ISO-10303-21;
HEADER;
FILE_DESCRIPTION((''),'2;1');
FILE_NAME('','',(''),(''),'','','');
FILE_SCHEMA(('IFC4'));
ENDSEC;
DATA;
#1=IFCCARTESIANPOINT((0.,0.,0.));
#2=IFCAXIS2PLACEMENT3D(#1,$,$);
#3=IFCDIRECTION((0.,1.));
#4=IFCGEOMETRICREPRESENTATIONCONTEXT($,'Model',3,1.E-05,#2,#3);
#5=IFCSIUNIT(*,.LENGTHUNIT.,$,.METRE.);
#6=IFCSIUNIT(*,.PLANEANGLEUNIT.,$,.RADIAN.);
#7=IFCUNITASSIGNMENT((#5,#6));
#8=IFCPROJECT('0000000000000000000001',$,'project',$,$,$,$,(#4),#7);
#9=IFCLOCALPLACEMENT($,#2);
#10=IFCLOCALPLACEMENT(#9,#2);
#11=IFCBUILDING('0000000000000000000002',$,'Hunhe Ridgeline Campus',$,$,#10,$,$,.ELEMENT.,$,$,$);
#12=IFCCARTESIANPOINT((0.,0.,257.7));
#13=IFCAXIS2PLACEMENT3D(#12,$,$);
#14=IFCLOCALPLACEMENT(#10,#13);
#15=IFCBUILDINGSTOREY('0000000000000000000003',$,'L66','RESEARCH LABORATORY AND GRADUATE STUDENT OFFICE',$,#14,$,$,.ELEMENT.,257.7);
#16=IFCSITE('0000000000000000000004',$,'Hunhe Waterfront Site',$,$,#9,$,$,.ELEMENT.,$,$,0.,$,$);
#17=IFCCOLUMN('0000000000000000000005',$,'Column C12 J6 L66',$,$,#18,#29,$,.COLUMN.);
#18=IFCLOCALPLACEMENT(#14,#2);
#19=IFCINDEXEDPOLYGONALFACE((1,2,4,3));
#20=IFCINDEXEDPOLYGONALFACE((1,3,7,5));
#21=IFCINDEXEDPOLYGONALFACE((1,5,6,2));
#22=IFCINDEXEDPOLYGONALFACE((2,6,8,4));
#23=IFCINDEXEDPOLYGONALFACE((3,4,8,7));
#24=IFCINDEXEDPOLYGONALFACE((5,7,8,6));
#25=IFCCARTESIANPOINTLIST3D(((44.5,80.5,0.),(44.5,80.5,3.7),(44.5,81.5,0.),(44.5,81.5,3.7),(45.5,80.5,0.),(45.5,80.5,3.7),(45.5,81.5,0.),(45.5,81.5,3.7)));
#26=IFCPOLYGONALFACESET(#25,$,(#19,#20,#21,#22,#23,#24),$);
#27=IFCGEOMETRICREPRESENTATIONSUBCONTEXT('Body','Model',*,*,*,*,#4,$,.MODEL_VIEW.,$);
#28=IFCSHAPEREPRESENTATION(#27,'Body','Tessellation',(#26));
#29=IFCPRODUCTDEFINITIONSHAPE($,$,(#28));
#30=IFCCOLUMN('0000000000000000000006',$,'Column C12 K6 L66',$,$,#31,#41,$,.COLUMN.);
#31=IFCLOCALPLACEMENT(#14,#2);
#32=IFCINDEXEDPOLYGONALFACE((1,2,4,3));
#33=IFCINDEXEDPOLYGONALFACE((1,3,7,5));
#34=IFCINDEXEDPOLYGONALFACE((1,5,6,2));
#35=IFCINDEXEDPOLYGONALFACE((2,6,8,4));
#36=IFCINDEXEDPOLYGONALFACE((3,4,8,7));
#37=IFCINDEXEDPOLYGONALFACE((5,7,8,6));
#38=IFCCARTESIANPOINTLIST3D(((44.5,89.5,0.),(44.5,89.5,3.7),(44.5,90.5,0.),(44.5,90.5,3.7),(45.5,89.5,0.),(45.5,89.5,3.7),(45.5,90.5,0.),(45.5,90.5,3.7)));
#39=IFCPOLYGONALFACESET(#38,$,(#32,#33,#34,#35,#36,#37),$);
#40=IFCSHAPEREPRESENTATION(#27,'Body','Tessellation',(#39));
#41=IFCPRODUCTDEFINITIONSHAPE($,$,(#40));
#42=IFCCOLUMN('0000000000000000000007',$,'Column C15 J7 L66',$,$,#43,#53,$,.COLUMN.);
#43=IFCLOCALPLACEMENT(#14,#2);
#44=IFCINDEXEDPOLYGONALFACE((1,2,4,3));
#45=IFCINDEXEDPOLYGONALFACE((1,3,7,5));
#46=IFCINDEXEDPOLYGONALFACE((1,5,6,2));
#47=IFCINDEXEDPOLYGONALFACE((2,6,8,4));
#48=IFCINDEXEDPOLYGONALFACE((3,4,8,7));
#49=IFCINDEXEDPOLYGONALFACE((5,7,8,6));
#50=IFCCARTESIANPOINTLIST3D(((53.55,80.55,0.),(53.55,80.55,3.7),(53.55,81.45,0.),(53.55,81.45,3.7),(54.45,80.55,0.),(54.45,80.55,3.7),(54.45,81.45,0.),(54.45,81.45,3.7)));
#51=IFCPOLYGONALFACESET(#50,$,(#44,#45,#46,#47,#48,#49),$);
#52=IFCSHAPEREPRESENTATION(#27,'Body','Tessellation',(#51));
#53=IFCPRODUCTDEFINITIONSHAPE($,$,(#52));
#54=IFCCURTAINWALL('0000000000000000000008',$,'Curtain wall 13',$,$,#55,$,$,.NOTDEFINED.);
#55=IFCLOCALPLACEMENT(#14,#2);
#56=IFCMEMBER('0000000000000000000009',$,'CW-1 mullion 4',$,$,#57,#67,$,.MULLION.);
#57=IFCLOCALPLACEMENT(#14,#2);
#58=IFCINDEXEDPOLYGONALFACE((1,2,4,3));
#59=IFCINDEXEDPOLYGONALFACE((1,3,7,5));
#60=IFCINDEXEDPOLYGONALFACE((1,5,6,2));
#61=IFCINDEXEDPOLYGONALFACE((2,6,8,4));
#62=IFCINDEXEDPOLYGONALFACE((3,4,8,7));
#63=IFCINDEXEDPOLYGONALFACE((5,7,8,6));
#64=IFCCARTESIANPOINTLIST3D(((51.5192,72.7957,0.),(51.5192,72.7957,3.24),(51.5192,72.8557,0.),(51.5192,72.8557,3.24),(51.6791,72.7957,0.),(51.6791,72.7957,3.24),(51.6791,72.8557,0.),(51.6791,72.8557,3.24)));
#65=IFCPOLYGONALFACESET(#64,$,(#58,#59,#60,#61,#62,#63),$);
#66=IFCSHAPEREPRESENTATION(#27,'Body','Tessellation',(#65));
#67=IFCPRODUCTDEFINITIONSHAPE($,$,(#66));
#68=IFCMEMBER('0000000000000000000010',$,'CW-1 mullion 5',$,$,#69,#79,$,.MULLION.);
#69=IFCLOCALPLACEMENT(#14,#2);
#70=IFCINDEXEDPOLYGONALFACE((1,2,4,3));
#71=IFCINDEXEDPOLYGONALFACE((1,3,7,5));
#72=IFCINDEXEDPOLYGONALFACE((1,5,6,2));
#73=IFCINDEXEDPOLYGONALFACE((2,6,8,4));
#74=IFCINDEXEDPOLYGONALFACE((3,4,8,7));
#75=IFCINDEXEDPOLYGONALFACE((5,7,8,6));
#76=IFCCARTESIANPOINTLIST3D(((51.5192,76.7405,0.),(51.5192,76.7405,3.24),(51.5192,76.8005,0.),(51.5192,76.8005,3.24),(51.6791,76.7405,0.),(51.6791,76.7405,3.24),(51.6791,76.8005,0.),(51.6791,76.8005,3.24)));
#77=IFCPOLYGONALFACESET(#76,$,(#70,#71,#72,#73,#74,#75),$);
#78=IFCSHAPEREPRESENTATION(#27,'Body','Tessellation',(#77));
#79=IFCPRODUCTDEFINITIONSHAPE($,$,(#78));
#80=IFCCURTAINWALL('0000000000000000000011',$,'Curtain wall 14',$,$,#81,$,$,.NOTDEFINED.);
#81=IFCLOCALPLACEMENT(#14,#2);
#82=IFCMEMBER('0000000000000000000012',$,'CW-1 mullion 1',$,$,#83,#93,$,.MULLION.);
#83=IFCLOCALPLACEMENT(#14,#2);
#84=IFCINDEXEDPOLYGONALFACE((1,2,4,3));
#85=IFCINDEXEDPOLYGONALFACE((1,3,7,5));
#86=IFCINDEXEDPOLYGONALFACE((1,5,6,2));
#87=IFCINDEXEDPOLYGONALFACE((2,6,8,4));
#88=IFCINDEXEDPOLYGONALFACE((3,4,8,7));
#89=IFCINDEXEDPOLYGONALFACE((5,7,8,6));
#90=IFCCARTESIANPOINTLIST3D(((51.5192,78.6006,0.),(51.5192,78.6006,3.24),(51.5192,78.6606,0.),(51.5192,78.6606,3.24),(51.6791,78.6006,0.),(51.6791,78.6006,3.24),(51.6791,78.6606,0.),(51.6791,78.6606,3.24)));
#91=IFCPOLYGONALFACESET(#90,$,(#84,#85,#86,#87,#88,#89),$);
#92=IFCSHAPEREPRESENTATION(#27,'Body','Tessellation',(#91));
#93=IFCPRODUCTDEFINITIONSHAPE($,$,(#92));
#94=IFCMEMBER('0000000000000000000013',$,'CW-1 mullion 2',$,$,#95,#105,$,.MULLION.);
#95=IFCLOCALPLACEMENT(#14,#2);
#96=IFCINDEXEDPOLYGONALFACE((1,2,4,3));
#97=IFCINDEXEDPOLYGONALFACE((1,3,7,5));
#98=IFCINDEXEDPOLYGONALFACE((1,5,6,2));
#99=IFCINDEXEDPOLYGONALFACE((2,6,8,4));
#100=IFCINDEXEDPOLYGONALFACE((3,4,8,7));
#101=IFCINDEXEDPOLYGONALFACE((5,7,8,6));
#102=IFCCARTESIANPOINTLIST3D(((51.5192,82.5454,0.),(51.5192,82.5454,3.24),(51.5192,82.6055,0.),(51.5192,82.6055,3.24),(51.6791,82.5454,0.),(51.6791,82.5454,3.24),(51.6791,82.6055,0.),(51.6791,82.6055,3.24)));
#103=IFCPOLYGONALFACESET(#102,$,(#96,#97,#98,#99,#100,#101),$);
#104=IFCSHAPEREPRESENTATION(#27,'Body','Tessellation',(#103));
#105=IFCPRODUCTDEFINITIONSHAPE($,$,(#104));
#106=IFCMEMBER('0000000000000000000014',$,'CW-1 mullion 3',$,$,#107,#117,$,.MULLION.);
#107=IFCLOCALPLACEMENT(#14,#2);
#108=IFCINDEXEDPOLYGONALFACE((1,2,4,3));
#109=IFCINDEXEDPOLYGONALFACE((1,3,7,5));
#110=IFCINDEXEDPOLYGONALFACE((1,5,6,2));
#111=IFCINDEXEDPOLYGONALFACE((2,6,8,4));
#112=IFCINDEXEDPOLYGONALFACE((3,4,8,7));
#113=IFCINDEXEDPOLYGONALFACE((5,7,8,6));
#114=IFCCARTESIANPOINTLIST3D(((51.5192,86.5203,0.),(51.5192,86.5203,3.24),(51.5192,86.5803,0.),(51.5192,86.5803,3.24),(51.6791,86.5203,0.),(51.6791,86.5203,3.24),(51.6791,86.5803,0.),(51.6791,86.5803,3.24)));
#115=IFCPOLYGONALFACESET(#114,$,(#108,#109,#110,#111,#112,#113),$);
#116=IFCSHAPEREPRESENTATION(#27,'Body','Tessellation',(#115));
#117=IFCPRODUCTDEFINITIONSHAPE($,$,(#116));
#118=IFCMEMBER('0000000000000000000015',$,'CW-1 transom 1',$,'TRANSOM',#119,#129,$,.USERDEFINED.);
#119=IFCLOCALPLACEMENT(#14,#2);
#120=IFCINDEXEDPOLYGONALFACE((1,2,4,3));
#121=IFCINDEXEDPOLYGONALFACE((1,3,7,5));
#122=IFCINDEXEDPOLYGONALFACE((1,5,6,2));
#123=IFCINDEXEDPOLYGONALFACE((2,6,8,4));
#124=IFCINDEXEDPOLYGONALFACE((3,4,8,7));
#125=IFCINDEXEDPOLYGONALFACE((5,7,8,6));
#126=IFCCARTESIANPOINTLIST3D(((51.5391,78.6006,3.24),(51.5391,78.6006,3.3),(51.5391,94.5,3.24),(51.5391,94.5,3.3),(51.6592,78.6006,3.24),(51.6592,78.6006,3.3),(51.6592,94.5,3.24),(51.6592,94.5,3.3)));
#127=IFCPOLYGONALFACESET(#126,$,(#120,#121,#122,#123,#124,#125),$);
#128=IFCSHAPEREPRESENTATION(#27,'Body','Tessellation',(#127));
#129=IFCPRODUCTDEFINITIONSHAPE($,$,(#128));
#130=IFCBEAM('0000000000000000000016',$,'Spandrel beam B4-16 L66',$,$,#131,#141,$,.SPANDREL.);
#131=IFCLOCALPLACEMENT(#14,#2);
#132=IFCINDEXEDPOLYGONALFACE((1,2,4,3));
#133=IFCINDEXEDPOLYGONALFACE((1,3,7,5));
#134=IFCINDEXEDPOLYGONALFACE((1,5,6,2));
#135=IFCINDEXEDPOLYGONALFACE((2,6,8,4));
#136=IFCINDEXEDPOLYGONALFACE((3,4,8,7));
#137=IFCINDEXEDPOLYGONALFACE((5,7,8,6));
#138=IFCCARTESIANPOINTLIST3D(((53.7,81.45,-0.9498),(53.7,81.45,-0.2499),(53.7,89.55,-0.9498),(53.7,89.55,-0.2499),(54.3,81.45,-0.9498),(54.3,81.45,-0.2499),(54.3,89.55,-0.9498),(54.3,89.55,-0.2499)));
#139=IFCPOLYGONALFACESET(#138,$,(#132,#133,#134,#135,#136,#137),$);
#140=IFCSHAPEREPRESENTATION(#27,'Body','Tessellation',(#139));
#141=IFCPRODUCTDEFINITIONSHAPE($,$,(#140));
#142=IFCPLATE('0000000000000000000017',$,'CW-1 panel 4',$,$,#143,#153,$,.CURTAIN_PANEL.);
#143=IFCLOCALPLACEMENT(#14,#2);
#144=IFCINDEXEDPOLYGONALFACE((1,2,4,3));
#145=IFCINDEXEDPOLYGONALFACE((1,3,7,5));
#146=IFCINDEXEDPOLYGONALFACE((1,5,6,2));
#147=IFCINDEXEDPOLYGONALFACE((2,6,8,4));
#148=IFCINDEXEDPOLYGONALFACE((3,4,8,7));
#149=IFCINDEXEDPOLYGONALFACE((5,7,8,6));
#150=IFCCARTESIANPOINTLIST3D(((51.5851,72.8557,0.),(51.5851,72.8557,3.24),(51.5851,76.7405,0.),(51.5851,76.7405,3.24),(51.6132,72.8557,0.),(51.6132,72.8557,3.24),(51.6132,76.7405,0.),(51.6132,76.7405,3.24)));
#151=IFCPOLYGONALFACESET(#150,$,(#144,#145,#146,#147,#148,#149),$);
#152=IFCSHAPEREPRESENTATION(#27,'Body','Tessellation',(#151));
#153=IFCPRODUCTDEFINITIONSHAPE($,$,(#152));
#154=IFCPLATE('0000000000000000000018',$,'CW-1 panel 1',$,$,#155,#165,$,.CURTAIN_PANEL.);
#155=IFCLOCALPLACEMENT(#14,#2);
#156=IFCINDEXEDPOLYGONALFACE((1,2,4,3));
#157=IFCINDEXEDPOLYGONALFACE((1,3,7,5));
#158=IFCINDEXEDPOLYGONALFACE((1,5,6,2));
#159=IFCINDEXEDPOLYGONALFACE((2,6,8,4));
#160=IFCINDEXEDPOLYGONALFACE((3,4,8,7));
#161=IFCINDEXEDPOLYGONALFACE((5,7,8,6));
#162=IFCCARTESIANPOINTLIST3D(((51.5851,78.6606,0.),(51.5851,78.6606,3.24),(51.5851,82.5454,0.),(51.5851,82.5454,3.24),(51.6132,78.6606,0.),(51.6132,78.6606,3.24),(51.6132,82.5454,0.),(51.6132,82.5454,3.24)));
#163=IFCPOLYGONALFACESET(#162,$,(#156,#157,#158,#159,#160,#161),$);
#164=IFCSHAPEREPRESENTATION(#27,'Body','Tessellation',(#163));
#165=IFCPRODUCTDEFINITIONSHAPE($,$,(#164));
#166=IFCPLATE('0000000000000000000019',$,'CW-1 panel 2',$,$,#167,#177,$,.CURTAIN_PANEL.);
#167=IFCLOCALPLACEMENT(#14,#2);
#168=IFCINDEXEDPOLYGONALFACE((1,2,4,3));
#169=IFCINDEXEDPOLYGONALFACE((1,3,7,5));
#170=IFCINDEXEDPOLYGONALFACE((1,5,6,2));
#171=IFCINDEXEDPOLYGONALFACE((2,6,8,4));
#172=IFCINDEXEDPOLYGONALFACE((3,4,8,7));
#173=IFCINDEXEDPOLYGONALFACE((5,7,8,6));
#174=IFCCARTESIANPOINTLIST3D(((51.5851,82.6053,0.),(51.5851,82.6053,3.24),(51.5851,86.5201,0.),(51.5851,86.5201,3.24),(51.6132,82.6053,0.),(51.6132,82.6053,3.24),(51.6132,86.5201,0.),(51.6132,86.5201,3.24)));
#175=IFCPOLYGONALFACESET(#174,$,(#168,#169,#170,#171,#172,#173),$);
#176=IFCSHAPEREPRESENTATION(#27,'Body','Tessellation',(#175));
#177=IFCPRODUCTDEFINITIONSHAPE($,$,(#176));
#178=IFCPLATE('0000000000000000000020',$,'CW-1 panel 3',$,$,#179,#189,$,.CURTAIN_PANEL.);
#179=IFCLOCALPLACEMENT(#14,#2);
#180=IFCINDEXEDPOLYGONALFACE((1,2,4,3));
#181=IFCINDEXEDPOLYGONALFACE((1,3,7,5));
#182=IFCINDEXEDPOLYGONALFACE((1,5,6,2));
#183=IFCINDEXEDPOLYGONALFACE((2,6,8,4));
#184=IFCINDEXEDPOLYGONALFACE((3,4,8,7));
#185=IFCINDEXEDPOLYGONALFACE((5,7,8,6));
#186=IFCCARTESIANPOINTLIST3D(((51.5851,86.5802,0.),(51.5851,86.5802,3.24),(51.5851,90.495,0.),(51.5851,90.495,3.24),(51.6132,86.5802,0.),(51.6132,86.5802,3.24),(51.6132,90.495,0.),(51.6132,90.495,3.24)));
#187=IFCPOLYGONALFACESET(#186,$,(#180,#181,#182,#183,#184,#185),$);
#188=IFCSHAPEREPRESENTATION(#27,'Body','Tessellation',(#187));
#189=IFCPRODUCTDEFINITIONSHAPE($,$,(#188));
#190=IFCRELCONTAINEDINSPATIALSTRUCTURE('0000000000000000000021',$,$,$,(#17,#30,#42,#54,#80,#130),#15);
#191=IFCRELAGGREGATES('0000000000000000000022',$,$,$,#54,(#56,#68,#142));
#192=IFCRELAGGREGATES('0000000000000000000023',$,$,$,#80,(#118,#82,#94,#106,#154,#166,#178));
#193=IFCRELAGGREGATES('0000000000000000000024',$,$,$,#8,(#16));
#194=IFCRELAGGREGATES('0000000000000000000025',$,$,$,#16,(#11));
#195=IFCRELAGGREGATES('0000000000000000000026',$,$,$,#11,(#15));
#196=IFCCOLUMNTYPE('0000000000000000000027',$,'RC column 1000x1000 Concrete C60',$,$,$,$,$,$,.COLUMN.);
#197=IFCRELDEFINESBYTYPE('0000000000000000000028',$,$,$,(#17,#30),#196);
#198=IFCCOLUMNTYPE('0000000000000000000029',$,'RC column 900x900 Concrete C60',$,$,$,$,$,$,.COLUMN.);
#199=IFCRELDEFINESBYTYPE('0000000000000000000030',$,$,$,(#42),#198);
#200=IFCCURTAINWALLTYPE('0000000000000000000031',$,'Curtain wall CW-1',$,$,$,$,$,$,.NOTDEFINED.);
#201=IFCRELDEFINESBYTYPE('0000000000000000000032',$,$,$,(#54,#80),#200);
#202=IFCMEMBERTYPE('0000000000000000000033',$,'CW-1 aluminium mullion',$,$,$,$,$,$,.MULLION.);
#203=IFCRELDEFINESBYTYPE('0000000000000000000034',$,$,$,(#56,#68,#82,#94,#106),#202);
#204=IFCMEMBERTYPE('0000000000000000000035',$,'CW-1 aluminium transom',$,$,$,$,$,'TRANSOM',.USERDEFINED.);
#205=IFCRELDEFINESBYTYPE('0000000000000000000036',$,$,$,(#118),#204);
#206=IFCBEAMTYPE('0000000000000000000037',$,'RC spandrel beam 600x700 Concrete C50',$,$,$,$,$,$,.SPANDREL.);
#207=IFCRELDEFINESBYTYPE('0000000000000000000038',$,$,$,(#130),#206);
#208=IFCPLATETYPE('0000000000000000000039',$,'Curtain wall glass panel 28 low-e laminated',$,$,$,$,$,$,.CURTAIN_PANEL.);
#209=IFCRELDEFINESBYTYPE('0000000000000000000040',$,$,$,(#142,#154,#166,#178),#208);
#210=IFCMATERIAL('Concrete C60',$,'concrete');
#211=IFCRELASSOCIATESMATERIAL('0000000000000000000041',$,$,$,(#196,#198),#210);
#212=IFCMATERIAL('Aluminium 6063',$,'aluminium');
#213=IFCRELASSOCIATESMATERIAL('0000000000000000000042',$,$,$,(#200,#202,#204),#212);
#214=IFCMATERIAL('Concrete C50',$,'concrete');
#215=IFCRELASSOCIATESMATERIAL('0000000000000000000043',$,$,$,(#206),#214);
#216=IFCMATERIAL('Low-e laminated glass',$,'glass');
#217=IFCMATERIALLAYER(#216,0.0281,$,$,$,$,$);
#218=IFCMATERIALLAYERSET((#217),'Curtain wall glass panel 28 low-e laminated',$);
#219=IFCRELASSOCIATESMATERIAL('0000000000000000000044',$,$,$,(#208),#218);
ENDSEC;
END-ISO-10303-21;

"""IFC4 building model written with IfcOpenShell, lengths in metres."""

from ifc_helpers import new_model, si_unit, direction, frame, origin, origin_2d, place, context, subcontext, project, spatial, rectangle, extrude, material, layer, layer_set, material_profile, profile_set, type_object, element, aggregate, save


model = new_model("IFC4")

# Units and contexts
model_context = context("Model", 3, precision=1e-05, world=origin(), true_north=direction((0.0, 1.0)))
body_context = subcontext(model_context, "Body", "Model", "MODEL_VIEW")
ifc_project = project(units=[si_unit("LENGTHUNIT", "METRE"), si_unit("PLANEANGLEUNIT", "RADIAN")], contexts=[model_context])

# Site, building, storey
site_placement = place(None, origin())
site = spatial("IfcSite", under=ifc_project, at=site_placement, Name="Hunhe Waterfront Site", CompositionType="ELEMENT", RefElevation=0.0)
building_placement = place(site_placement, origin())
building = spatial("IfcBuilding", under=site, at=building_placement, Name="Hunhe Ridgeline Campus", CompositionType="ELEMENT")
storey_placement = place(building_placement, frame((0.0, 0.0, 257.7)))
storey = spatial("IfcBuildingStorey", under=building, at=storey_placement, Name="L66", Description="RESEARCH LABORATORY AND GRADUATE STUDENT OFFICE", CompositionType="ELEMENT", Elevation=257.7)

# Columns
ifc_material_1 = material(Name="Concrete C60", Category="concrete")
ifc_material_profile_1 = material_profile(ifc_material_1, rectangle(XDim=1.0, YDim=1.0, at=origin_2d()))
ifc_profile_set_1 = profile_set([ifc_material_profile_1], Name="Concrete C60")
column_type_1 = type_object("IfcColumnType", Name="RC column 1000x1000 Concrete C60", PredefinedType="COLUMN", material=ifc_profile_set_1)
for number, where, z_axis, x_axis, name in (
    (1, (45.0, 81.0, 0.0), (0.0, 0.0, 1.0), (1.0, 0.0, 0.0), "Column C12 J6 L66"),
    (2, (45.0, 90.0, 0.0), (0.0, 0.0, 1.0), (1.0, 0.0, 0.0), "Column C12 K6 L66"),
):
    element("IfcColumn", number, at=place(storey_placement, frame(where, z_axis=z_axis, x_axis=x_axis)), inside=storey, type_object=column_type_1, Name=name, PredefinedType="COLUMN", context=body_context, shape_type="SweptSolid", body=[
        extrude(rectangle(XDim=1.0, YDim=1.0, at=origin_2d()), origin(), (0.0, 0.0, 1.0), 3.7),
    ])
ifc_material_profile_2 = material_profile(ifc_material_1, rectangle(XDim=0.8999, YDim=0.8999, at=origin_2d()))
ifc_profile_set_2 = profile_set([ifc_material_profile_2], Name="Concrete C60")
column_type_2 = type_object("IfcColumnType", Name="RC column 900x900 Concrete C60", PredefinedType="COLUMN", material=ifc_profile_set_2)
column_placement = place(storey_placement, frame((54.0, 81.0, 0.0), z_axis=(0.0, 0.0, 1.0), x_axis=(1.0, 0.0, 0.0)))
element("IfcColumn", 3, at=column_placement, inside=storey, type_object=column_type_2, Name="Column C15 J7 L66", PredefinedType="COLUMN", context=body_context, shape_type="SweptSolid", body=[
    extrude(rectangle(XDim=0.8999, YDim=0.8999, at=origin_2d()), origin(), (0.0, 0.0, 1.0), 3.7),
])

# Curtain walls, members
ifc_material_2 = material(Name="Aluminium 6063", Category="aluminium")
curtain_wall_type = type_object("IfcCurtainWallType", Name="Curtain wall CW-1", PredefinedType="NOTDEFINED", material=ifc_material_2)
curtain_wall_1_placement = place(storey_placement, origin())
curtain_wall_1 = element("IfcCurtainWall", 4, at=curtain_wall_1_placement, inside=storey, type_object=curtain_wall_type, Name="Curtain wall 13", PredefinedType="NOTDEFINED")
ifc_material_profile_3 = material_profile(ifc_material_2, rectangle(XDim=0.1599, YDim=0.0601, at=origin_2d()))
ifc_profile_set_3 = profile_set([ifc_material_profile_3], Name="Aluminium 6063")
member_type_1 = type_object("IfcMemberType", Name="CW-1 aluminium mullion", PredefinedType="MULLION", material=ifc_profile_set_3)
member_1_placement = place(storey_placement, frame((51.5991, 72.8257, 0.0), z_axis=(0.0, 0.0, 1.0), x_axis=(-1.0, 0.0, 0.0)))
member_1 = element("IfcMember", 5, at=member_1_placement, type_object=member_type_1, Name="CW-1 mullion 4", PredefinedType="MULLION", context=body_context, shape_type="SweptSolid", body=[
    extrude(rectangle(XDim=0.1599, YDim=0.0601, at=origin_2d()), origin(), (0.0, 0.0, 1.0), 3.24),
])
member_2_placement = place(storey_placement, frame((51.5991, 76.7705, 0.0), z_axis=(0.0, 0.0, 1.0), x_axis=(-1.0, 0.0, 0.0)))
member_2 = element("IfcMember", 6, at=member_2_placement, type_object=member_type_1, Name="CW-1 mullion 5", PredefinedType="MULLION", context=body_context, shape_type="SweptSolid", body=[
    extrude(rectangle(XDim=0.1599, YDim=0.0601, at=origin_2d()), origin(), (0.0, 0.0, 1.0), 3.24),
])
curtain_wall_2_placement = place(storey_placement, origin())
curtain_wall_2 = element("IfcCurtainWall", 7, at=curtain_wall_2_placement, inside=storey, type_object=curtain_wall_type, Name="Curtain wall 14", PredefinedType="NOTDEFINED")
member_3_placement = place(storey_placement, frame((51.5991, 78.6306, 0.0), z_axis=(0.0, 0.0, 1.0), x_axis=(-1.0, 0.0, 0.0)))
member_3 = element("IfcMember", 8, at=member_3_placement, type_object=member_type_1, Name="CW-1 mullion 1", PredefinedType="MULLION", context=body_context, shape_type="SweptSolid", body=[
    extrude(rectangle(XDim=0.1599, YDim=0.0601, at=origin_2d()), origin(), (0.0, 0.0, 1.0), 3.24),
])
member_4_placement = place(storey_placement, frame((51.5991, 82.5754, 0.0), z_axis=(0.0, 0.0, 1.0), x_axis=(-1.0, 0.0, 0.0)))
member_4 = element("IfcMember", 9, at=member_4_placement, type_object=member_type_1, Name="CW-1 mullion 2", PredefinedType="MULLION", context=body_context, shape_type="SweptSolid", body=[
    extrude(rectangle(XDim=0.1599, YDim=0.0601, at=origin_2d()), origin(), (0.0, 0.0, 1.0), 3.24),
])
member_5_placement = place(storey_placement, frame((51.5991, 86.5503, 0.0), z_axis=(0.0, 0.0, 1.0), x_axis=(-1.0, 0.0, 0.0)))
member_5 = element("IfcMember", 10, at=member_5_placement, type_object=member_type_1, Name="CW-1 mullion 3", PredefinedType="MULLION", context=body_context, shape_type="SweptSolid", body=[
    extrude(rectangle(XDim=0.1599, YDim=0.0601, at=origin_2d()), origin(), (0.0, 0.0, 1.0), 3.24),
])
ifc_material_profile_4 = material_profile(ifc_material_2, rectangle(XDim=0.1201, YDim=0.0601, at=origin_2d()))
ifc_profile_set_4 = profile_set([ifc_material_profile_4], Name="Aluminium 6063")
member_type_2 = type_object("IfcMemberType", Name="CW-1 aluminium transom", ElementType="TRANSOM", PredefinedType="USERDEFINED", material=ifc_profile_set_4)
member_6_placement = place(storey_placement, frame((51.5991, 78.6006, 3.27), z_axis=(0.0, 1.0, 0.0), x_axis=(-1.0, 0.0, 0.0)))
member_6 = element("IfcMember", 11, at=member_6_placement, type_object=member_type_2, Name="CW-1 transom 1", ObjectType="TRANSOM", PredefinedType="USERDEFINED", context=body_context, shape_type="SweptSolid", body=[
    extrude(rectangle(XDim=0.1201, YDim=0.0601, at=origin_2d()), origin(), (0.0, 0.0, 1.0), 15.8994),
])

# Beam
ifc_material_3 = material(Name="Concrete C50", Category="concrete")
ifc_material_profile_5 = material_profile(ifc_material_3, rectangle(XDim=0.6001, YDim=0.7, at=origin_2d()))
ifc_profile_set_5 = profile_set([ifc_material_profile_5], Name="Concrete C50")
beam_type = type_object("IfcBeamType", Name="RC spandrel beam 600x700 Concrete C50", PredefinedType="SPANDREL", material=ifc_profile_set_5)
beam_placement = place(storey_placement, frame((54.0, 81.45, -0.5999), z_axis=(0.0, 1.0, 0.0), x_axis=(-1.0, 0.0, 0.0)))
element("IfcBeam", 12, at=beam_placement, inside=storey, type_object=beam_type, Name="Spandrel beam B4-16 L66", PredefinedType="SPANDREL", context=body_context, shape_type="SweptSolid", body=[
    extrude(rectangle(XDim=0.6001, YDim=0.7, at=origin_2d()), origin(), (0.0, 0.0, 1.0), 8.1001),
])

# Plates
ifc_material_4 = material(Name="Low-e laminated glass", Category="glass")
ifc_layer_1 = layer(ifc_material_4, 0.0281)
ifc_layer_set_1 = layer_set([ifc_layer_1], Name="Curtain wall glass panel 28 low-e laminated")
plate_type = type_object("IfcPlateType", Name="Curtain wall glass panel 28 low-e laminated", PredefinedType="CURTAIN_PANEL", material=ifc_layer_set_1)
plate_1_placement = place(storey_placement, frame((51.5991, 74.7981, 0.0), z_axis=(0.0, 0.0, 1.0), x_axis=(0.0, 1.0, 0.0)))
plate_1 = element("IfcPlate", 13, at=plate_1_placement, type_object=plate_type, Name="CW-1 panel 4", PredefinedType="CURTAIN_PANEL", context=body_context, shape_type="SweptSolid", body=[
    extrude(rectangle(XDim=3.8848, YDim=0.0281, at=origin_2d()), origin(), (0.0, 0.0, 1.0), 3.24),
])
aggregate(curtain_wall_1, [member_1, member_2, plate_1])
plate_2_placement = place(storey_placement, frame((51.5991, 80.603, 0.0), z_axis=(0.0, 0.0, 1.0), x_axis=(0.0, 1.0, 0.0)))
plate_2 = element("IfcPlate", 14, at=plate_2_placement, type_object=plate_type, Name="CW-1 panel 1", PredefinedType="CURTAIN_PANEL", context=body_context, shape_type="SweptSolid", body=[
    extrude(rectangle(XDim=3.8848, YDim=0.0281, at=origin_2d()), origin(), (0.0, 0.0, 1.0), 3.24),
])
plate_3_placement = place(storey_placement, frame((51.5991, 84.5627, 0.0), z_axis=(0.0, 0.0, 1.0), x_axis=(0.0, 1.0, 0.0)))
plate_3 = element("IfcPlate", 15, at=plate_3_placement, type_object=plate_type, Name="CW-1 panel 2", PredefinedType="CURTAIN_PANEL", context=body_context, shape_type="SweptSolid", body=[
    extrude(rectangle(XDim=3.9148, YDim=0.0281, at=origin_2d()), origin(), (0.0, 0.0, 1.0), 3.24),
])
plate_4_placement = place(storey_placement, frame((51.5991, 88.5376, 0.0), z_axis=(0.0, 0.0, 1.0), x_axis=(0.0, 1.0, 0.0)))
plate_4 = element("IfcPlate", 16, at=plate_4_placement, type_object=plate_type, Name="CW-1 panel 3", PredefinedType="CURTAIN_PANEL", context=body_context, shape_type="SweptSolid", body=[
    extrude(rectangle(XDim=3.9148, YDim=0.0281, at=origin_2d()), origin(), (0.0, 0.0, 1.0), 3.24),
])
aggregate(curtain_wall_2, [member_6, member_3, member_4, member_5, plate_2, plate_3, plate_4])

save(model, "model.ifc")
